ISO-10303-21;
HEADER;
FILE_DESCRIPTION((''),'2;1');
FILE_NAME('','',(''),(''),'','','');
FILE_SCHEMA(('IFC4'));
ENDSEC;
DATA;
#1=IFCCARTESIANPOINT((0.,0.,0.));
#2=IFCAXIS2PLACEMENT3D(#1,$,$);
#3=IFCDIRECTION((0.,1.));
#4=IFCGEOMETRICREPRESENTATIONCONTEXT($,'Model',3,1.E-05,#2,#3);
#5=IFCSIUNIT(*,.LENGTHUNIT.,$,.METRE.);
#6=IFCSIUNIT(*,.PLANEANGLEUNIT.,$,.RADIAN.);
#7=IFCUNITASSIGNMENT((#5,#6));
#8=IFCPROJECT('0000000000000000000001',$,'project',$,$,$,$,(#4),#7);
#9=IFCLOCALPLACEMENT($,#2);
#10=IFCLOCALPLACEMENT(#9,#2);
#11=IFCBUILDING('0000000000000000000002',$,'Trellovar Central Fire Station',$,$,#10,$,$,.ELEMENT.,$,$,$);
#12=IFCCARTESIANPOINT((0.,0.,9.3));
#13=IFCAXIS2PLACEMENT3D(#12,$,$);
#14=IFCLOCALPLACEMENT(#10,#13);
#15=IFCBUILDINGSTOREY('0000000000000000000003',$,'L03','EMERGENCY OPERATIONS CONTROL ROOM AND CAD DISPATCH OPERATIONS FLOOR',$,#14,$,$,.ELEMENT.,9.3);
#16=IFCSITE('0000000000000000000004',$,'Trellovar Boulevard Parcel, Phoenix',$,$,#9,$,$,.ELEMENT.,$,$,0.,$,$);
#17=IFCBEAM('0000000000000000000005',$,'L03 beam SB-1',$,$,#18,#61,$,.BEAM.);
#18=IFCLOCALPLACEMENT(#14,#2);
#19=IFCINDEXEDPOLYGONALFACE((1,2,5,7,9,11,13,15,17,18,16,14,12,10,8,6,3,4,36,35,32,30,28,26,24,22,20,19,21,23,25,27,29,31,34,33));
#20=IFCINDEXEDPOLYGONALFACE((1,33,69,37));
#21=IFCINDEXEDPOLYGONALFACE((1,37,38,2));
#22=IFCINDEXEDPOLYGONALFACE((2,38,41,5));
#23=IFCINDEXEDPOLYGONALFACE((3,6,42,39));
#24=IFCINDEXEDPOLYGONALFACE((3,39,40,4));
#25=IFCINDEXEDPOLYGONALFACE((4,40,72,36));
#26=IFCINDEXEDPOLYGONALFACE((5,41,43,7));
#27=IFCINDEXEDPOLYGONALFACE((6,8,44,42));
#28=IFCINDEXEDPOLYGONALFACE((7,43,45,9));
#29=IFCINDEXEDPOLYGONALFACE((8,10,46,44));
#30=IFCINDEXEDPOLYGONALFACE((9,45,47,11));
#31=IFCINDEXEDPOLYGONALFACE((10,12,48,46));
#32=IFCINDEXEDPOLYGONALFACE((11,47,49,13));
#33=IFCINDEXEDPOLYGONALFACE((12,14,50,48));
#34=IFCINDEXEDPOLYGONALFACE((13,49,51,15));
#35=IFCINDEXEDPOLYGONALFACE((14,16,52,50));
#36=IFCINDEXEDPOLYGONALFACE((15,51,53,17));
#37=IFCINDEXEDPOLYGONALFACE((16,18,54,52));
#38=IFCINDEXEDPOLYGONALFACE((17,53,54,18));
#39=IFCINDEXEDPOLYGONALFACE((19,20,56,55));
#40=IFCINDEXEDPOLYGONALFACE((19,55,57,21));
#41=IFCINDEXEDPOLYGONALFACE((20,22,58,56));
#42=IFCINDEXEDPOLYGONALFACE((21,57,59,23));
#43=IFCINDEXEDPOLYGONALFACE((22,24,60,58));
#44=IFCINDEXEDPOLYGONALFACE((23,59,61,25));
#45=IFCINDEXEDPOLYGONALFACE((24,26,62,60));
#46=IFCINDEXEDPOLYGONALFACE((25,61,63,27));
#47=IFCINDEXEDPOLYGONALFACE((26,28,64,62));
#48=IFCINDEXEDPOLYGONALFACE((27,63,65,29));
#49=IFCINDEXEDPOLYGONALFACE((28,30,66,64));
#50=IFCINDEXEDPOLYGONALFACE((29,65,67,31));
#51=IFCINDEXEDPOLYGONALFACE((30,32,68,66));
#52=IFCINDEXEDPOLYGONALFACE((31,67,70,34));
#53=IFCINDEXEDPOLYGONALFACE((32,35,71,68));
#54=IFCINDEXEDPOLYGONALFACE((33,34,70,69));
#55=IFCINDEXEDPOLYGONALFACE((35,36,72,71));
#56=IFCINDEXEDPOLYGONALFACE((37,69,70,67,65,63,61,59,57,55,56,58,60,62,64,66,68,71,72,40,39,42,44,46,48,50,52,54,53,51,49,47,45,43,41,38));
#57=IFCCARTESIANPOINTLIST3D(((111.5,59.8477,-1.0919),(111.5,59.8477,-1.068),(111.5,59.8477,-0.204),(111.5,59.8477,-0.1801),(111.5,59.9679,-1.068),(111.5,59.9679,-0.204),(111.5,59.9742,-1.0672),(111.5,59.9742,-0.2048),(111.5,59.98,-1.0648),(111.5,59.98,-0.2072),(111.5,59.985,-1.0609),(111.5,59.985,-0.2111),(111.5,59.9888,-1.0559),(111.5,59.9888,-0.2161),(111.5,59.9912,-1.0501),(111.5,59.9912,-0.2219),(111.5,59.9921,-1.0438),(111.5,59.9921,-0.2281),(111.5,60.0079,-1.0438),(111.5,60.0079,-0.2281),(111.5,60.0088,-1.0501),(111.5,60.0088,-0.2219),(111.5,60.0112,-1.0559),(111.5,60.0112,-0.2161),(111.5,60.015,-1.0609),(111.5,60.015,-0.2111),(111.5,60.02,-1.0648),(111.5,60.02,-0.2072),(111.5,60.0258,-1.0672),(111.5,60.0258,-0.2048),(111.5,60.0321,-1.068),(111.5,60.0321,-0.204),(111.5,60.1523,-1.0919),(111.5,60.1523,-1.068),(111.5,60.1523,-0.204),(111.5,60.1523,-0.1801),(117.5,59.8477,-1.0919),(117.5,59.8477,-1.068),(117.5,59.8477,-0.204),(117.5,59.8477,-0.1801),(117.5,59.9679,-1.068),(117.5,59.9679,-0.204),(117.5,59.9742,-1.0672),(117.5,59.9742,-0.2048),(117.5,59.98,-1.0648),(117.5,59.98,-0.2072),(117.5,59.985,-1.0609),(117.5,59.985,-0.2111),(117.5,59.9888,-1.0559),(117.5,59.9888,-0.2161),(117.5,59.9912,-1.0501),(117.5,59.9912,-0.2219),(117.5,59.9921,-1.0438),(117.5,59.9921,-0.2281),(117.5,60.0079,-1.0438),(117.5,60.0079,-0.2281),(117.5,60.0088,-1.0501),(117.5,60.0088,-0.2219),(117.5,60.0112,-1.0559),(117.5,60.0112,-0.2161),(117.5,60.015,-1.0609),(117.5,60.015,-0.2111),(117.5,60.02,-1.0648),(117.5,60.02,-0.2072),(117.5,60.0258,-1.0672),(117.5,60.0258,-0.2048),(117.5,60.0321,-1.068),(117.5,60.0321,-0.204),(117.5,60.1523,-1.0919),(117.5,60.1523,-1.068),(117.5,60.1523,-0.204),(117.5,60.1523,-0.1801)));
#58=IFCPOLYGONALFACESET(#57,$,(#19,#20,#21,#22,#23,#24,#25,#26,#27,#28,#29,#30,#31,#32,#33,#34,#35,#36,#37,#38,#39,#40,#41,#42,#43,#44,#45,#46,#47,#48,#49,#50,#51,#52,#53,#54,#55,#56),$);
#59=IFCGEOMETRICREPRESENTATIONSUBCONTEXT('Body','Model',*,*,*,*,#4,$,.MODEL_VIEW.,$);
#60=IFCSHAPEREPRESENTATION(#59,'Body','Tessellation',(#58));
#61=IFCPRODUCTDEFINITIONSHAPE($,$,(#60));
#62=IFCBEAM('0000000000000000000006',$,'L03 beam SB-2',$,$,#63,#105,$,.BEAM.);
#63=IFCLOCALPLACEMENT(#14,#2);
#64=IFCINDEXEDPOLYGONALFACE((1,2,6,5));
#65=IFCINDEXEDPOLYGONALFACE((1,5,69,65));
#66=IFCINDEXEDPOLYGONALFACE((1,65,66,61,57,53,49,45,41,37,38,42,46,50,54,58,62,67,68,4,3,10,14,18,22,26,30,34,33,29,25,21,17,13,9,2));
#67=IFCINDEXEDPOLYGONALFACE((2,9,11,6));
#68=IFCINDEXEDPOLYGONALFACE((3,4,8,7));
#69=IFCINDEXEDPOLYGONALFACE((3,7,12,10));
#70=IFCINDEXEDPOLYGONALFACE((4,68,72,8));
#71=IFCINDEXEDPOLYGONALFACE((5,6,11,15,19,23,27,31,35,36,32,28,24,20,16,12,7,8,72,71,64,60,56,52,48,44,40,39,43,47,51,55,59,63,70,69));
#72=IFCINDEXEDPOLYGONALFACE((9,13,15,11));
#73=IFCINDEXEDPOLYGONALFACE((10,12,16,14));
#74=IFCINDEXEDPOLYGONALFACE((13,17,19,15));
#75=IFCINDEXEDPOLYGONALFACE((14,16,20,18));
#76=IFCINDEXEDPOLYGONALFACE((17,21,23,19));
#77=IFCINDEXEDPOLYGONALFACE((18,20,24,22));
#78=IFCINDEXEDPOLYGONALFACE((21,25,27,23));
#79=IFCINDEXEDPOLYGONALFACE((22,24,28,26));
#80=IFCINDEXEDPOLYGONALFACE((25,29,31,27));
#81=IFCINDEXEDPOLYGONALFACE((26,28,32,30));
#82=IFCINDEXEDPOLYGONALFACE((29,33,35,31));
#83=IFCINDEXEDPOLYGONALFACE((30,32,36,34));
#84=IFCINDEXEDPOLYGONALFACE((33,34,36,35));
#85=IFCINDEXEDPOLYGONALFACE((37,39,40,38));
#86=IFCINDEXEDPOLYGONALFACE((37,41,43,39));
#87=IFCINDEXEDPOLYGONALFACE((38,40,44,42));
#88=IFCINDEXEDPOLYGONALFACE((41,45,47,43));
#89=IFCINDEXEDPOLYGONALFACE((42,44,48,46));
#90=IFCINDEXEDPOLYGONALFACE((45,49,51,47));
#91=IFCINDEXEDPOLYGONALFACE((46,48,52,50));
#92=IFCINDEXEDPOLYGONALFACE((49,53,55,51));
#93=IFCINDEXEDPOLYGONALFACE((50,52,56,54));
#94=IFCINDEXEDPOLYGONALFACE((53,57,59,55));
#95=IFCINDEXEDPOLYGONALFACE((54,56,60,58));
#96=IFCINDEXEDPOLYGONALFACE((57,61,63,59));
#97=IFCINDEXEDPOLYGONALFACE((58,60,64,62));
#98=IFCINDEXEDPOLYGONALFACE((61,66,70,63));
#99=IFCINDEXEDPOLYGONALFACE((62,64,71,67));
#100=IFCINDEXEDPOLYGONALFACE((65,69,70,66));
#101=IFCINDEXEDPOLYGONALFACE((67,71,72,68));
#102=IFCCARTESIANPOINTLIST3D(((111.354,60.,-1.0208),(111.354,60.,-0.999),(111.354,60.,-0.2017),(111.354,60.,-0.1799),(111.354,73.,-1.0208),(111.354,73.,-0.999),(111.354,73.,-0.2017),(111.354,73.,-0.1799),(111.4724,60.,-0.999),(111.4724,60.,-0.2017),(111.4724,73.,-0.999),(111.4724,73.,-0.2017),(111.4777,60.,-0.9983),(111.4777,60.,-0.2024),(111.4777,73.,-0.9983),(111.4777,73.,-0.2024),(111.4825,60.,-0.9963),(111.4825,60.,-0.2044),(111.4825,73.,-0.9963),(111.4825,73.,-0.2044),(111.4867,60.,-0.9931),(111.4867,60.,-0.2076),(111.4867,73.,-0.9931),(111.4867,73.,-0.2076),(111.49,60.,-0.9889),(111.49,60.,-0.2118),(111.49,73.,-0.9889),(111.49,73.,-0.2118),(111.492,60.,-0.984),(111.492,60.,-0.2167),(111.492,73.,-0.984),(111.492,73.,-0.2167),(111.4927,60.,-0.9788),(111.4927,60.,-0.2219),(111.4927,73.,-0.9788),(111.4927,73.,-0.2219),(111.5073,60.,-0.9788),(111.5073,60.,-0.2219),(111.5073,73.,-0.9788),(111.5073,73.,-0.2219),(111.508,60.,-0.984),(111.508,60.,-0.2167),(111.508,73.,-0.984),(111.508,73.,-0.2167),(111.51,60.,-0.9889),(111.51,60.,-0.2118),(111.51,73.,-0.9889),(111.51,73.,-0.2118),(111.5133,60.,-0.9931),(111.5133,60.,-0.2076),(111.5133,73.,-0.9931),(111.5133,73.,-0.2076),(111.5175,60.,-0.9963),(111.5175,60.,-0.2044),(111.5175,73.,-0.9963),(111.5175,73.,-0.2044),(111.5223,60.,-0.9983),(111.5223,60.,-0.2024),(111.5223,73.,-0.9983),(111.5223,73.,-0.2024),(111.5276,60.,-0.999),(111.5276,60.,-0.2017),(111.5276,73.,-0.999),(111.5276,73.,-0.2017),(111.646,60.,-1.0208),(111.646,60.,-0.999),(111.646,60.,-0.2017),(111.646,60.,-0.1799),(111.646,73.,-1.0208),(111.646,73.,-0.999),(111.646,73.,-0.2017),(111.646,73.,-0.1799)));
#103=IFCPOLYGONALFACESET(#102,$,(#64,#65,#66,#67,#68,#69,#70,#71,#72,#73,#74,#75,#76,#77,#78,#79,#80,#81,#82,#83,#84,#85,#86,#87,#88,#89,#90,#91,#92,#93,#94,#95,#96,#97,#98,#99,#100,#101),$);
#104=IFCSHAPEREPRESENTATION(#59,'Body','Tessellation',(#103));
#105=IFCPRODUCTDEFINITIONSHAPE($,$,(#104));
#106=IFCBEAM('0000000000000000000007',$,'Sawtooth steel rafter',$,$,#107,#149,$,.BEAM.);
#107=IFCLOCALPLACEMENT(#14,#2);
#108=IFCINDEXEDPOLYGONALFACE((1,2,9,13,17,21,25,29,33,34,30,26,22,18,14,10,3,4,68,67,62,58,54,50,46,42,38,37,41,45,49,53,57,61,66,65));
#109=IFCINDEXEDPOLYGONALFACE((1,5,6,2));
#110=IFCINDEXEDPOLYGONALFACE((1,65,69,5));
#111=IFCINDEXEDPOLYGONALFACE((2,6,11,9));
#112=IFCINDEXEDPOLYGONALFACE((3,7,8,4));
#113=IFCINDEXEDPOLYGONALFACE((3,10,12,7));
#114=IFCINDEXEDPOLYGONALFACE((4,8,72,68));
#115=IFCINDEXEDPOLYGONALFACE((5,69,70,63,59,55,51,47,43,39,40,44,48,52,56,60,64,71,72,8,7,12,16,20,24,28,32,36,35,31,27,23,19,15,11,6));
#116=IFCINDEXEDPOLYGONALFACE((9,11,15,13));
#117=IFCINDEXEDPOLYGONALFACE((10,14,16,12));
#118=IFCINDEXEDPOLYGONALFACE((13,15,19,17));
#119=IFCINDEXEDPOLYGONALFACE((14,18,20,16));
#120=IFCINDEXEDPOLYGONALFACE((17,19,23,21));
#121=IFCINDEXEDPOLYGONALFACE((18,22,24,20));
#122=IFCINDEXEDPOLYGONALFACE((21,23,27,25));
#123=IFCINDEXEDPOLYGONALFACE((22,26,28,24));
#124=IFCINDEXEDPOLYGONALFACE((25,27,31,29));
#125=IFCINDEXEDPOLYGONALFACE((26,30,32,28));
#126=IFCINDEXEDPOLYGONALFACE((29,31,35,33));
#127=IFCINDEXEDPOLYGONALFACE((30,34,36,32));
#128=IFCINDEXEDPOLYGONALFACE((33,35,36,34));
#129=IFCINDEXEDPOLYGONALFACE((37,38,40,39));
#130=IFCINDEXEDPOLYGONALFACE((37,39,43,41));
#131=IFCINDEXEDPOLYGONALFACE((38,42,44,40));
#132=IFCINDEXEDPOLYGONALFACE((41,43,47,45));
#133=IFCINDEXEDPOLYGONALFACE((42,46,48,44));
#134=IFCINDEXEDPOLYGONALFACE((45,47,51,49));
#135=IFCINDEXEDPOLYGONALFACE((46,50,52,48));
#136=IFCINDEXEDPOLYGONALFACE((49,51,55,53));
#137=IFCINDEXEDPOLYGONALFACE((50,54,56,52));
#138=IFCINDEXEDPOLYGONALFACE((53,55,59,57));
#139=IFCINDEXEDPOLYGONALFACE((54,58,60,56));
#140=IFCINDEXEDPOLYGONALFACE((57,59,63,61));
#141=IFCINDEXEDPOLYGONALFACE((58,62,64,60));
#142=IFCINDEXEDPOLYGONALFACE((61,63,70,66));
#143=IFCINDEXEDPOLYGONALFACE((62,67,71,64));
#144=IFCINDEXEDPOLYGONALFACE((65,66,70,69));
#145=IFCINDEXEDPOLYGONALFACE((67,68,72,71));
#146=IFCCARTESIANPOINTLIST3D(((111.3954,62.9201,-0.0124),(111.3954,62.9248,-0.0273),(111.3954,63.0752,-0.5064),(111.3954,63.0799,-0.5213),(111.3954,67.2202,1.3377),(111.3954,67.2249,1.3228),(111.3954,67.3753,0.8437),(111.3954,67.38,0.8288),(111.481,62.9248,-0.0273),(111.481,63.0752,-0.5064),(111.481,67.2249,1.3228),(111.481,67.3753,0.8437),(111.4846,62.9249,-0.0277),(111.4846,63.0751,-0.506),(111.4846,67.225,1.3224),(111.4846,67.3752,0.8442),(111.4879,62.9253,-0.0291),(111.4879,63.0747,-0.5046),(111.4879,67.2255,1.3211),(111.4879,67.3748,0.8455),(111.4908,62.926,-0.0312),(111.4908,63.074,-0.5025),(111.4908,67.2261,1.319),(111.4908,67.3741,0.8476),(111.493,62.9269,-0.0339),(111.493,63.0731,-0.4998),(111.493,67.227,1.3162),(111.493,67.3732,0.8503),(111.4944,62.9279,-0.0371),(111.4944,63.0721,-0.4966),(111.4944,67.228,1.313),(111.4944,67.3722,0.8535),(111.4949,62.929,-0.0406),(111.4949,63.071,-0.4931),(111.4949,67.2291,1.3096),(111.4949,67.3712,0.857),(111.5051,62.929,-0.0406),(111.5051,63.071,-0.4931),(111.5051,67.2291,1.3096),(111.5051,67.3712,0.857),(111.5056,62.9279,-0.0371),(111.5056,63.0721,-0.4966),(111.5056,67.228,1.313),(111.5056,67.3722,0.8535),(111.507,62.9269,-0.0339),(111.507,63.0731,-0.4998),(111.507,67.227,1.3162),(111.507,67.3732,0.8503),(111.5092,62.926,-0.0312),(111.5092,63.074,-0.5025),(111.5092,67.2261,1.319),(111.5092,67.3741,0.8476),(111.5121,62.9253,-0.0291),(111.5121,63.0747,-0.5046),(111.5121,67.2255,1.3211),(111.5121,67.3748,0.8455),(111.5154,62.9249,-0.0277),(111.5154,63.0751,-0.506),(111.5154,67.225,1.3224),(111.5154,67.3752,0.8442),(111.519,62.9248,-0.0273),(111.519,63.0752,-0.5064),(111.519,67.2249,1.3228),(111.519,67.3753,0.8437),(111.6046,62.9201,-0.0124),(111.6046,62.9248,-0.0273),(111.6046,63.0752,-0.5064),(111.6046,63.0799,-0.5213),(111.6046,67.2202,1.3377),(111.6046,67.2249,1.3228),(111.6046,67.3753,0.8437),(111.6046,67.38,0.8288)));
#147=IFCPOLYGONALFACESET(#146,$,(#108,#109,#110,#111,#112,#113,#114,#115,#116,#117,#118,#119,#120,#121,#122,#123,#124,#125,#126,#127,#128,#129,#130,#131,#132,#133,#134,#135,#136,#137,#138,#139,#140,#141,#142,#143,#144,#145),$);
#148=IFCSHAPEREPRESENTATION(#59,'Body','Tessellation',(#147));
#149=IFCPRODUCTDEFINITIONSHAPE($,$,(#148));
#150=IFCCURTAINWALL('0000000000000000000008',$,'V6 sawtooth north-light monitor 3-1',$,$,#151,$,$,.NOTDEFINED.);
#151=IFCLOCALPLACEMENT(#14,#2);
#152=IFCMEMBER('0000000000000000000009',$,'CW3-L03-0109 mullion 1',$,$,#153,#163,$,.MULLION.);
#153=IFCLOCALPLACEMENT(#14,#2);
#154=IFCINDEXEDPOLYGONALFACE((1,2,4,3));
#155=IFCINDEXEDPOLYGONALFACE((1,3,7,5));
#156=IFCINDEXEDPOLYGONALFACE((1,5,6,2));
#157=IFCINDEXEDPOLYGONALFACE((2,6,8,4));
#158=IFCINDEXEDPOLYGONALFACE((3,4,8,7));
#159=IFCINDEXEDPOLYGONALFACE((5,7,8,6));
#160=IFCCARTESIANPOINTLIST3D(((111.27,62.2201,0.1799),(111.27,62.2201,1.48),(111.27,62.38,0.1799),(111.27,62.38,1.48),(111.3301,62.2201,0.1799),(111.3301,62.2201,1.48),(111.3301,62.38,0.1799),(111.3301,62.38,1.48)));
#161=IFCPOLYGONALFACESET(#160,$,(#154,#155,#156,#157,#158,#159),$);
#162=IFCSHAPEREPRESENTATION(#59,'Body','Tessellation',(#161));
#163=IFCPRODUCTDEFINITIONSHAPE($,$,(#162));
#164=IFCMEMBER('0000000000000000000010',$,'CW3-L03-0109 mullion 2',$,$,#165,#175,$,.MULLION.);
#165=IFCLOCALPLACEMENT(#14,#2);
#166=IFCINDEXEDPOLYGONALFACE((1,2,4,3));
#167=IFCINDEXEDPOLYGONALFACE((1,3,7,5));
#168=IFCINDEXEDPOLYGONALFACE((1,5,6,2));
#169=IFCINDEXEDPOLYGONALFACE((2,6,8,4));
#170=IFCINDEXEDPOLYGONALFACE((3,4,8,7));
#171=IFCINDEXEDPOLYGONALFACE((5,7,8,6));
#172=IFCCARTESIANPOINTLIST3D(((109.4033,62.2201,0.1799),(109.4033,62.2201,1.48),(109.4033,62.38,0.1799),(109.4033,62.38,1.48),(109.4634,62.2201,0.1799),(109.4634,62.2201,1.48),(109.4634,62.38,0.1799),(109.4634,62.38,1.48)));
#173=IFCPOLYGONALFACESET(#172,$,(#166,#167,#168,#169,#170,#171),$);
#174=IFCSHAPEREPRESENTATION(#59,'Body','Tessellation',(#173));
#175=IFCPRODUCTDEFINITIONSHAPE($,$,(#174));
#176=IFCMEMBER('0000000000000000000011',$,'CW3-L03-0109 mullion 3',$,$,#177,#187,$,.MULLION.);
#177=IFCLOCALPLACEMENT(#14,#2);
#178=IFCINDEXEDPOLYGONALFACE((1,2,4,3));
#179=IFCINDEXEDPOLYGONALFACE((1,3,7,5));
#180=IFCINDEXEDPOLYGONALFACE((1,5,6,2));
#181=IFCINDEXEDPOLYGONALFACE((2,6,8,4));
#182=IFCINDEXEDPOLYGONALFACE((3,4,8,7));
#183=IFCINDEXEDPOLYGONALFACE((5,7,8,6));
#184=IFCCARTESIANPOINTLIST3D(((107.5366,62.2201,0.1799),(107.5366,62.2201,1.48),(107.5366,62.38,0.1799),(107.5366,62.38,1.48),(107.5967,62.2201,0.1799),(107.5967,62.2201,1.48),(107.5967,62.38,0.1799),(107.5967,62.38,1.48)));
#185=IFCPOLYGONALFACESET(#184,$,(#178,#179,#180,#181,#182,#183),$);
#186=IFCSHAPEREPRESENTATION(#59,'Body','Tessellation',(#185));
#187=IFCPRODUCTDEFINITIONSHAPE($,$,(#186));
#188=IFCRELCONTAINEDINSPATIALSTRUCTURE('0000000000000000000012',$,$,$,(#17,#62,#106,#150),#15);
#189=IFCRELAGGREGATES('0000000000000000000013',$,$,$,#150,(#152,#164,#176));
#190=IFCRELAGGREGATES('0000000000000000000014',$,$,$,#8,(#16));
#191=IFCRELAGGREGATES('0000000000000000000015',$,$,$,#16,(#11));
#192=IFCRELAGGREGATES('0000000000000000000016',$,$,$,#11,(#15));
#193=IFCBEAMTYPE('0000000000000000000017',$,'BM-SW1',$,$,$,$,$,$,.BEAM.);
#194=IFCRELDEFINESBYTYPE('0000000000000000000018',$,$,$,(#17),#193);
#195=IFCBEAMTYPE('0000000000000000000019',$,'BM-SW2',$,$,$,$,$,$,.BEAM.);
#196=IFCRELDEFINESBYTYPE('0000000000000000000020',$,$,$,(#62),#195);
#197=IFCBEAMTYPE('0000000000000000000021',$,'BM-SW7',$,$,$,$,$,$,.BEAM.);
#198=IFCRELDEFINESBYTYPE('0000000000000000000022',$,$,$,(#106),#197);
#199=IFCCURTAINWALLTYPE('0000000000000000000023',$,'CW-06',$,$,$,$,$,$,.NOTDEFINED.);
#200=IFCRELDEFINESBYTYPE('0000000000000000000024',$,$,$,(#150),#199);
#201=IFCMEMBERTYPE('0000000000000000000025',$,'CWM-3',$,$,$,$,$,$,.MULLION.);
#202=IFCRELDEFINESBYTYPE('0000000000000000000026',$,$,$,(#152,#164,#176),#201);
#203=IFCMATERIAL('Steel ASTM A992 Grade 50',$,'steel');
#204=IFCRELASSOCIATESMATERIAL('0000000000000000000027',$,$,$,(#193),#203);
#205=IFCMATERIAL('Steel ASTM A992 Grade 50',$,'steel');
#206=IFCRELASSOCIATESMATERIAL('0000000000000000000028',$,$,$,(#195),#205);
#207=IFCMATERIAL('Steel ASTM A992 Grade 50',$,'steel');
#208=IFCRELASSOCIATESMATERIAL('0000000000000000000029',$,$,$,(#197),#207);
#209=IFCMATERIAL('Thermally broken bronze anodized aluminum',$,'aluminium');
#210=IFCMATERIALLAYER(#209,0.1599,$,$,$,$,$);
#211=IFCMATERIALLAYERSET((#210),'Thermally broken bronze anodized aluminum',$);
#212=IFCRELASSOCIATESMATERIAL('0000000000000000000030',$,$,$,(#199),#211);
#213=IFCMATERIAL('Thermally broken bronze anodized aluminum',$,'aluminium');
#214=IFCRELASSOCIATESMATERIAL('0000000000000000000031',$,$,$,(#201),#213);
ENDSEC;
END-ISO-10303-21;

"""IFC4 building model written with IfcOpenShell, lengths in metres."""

from ifc_helpers import new_model, si_unit, direction, frame, origin, origin_2d, place, context, subcontext, project, spatial, rectangle, i_section, extrude, material, layer, layer_set, material_profile, profile_set, type_object, element, aggregate, save


model = new_model("IFC4")

# Units and contexts
model_context = context("Model", 3, precision=1e-05, world=origin(), true_north=direction((0.0, 1.0)))
body_context = subcontext(model_context, "Body", "Model", "MODEL_VIEW")
ifc_project = project(units=[si_unit("LENGTHUNIT", "METRE"), si_unit("PLANEANGLEUNIT", "RADIAN")], contexts=[model_context])

# Site, building, storey
site_placement = place(None, origin())
site = spatial("IfcSite", under=ifc_project, at=site_placement, Name="Trellovar Boulevard Parcel, Phoenix", CompositionType="ELEMENT", RefElevation=0.0)
building_placement = place(site_placement, origin())
building = spatial("IfcBuilding", under=site, at=building_placement, Name="Trellovar Central Fire Station", CompositionType="ELEMENT")
storey_placement = place(building_placement, frame((0.0, 0.0, 9.3)))
storey = spatial("IfcBuildingStorey", under=building, at=storey_placement, Name="L03", Description="EMERGENCY OPERATIONS CONTROL ROOM AND CAD DISPATCH OPERATIONS FLOOR", CompositionType="ELEMENT", Elevation=9.3)

# Beams
ifc_material_1 = material(Name="Steel ASTM A992 Grade 50", Category="steel")
ifc_material_profile_1 = material_profile(ifc_material_1, i_section(OverallWidth=0.3047, OverallDepth=0.9119, WebThickness=0.0159, FlangeThickness=0.0239, FilletRadius=0.0242, at=origin_2d()), Name="W36X150")
ifc_profile_set_1 = profile_set([ifc_material_profile_1], Name="Steel ASTM A992 Grade 50")
beam_type_1 = type_object("IfcBeamType", Name="BM-SW1", PredefinedType="BEAM", material=ifc_profile_set_1)
beam_1_placement = place(storey_placement, frame((111.5, 60.0, -0.636), z_axis=(1.0, 0.0, 0.0), x_axis=(0.0, 1.0, 0.0)))
element("IfcBeam", 1, at=beam_1_placement, inside=storey, type_object=beam_type_1, Name="L03 beam SB-1", PredefinedType="BEAM", context=body_context, shape_type="SweptSolid", body=[
    extrude(i_section(OverallWidth=0.3047, OverallDepth=0.9119, WebThickness=0.0159, FlangeThickness=0.0239, FilletRadius=0.0242, at=origin_2d()), origin(), (0.0, 0.0, 1.0), 6.0),
])
ifc_material_2 = material(Name="Steel ASTM A992 Grade 50", Category="steel")
ifc_material_profile_2 = material_profile(ifc_material_2, i_section(OverallWidth=0.292, OverallDepth=0.8408, WebThickness=0.0146, FlangeThickness=0.0217, FilletRadius=0.0203, at=origin_2d()), Name="W33X130")
ifc_profile_set_2 = profile_set([ifc_material_profile_2], Name="Steel ASTM A992 Grade 50")
beam_type_2 = type_object("IfcBeamType", Name="BM-SW2", PredefinedType="BEAM", material=ifc_profile_set_2)
beam_2_placement = place(storey_placement, frame((111.5, 60.0, -0.6003), z_axis=(0.0, 1.0, 0.0), x_axis=(-1.0, 0.0, 0.0)))
element("IfcBeam", 2, at=beam_2_placement, inside=storey, type_object=beam_type_2, Name="L03 beam SB-2", PredefinedType="BEAM", context=body_context, shape_type="SweptSolid", body=[
    extrude(i_section(OverallWidth=0.292, OverallDepth=0.8408, WebThickness=0.0146, FlangeThickness=0.0217, FilletRadius=0.0203, at=origin_2d()), origin(), (0.0, 0.0, 1.0), 13.0),
])
ifc_material_3 = material(Name="Steel ASTM A992 Grade 50", Category="steel")
ifc_material_profile_3 = material_profile(ifc_material_3, i_section(OverallWidth=0.2092, OverallDepth=0.5334, WebThickness=0.0103, FlangeThickness=0.0156, FilletRadius=0.0139, at=origin_2d()), Name="W21X62")
ifc_profile_set_3 = profile_set([ifc_material_profile_3], Name="Steel ASTM A992 Grade 50")
beam_type_3 = type_object("IfcBeamType", Name="BM-SW7", PredefinedType="BEAM", material=ifc_profile_set_3)
beam_3_placement = place(storey_placement, frame((111.5, 63.0, -0.2668), z_axis=(0.0, 0.954079, 0.299555), x_axis=(-1.0, 0.0, 0.0)))
element("IfcBeam", 3, at=beam_3_placement, inside=storey, type_object=beam_type_3, Name="Sawtooth steel rafter", PredefinedType="BEAM", context=body_context, shape_type="SweptSolid", body=[
    extrude(i_section(OverallWidth=0.2092, OverallDepth=0.5334, WebThickness=0.0103, FlangeThickness=0.0156, FilletRadius=0.0139, at=origin_2d()), origin(), (0.0, 0.0, 1.0), 4.5071),
])

# Curtain wall, members
ifc_material_4 = material(Name="Thermally broken bronze anodized aluminum", Category="aluminium")
ifc_layer_1 = layer(ifc_material_4, 0.1599)
ifc_layer_set_1 = layer_set([ifc_layer_1], Name="Thermally broken bronze anodized aluminum")
curtain_wall_type = type_object("IfcCurtainWallType", Name="CW-06", PredefinedType="NOTDEFINED", material=ifc_layer_set_1)
curtain_wall_1_placement = place(storey_placement, origin())
curtain_wall_1 = element("IfcCurtainWall", 4, at=curtain_wall_1_placement, inside=storey, type_object=curtain_wall_type, Name="V6 sawtooth north-light monitor 3-1", PredefinedType="NOTDEFINED")
ifc_material_5 = material(Name="Thermally broken bronze anodized aluminum", Category="aluminium")
ifc_material_profile_4 = material_profile(ifc_material_5, rectangle(XDim=0.0601, YDim=0.1599, at=origin_2d()), Name="ALU60X160")
ifc_profile_set_4 = profile_set([ifc_material_profile_4], Name="Thermally broken bronze anodized aluminum")
member_type_1 = type_object("IfcMemberType", Name="CWM-3", PredefinedType="MULLION", material=ifc_profile_set_4)
member_1_placement = place(storey_placement, frame((111.3, 62.3, 0.1799), z_axis=(0.0, 0.0, 1.0), x_axis=(1.0, 0.0, 0.0)))
member_1 = element("IfcMember", 5, at=member_1_placement, type_object=member_type_1, Name="CW3-L03-0109 mullion 1", PredefinedType="MULLION", context=body_context, shape_type="SweptSolid", body=[
    extrude(rectangle(XDim=0.0601, YDim=0.1599, at=origin_2d()), origin(), (0.0, 0.0, 1.0), 1.3),
])
member_2_placement = place(storey_placement, frame((109.4333, 62.3, 0.1799), z_axis=(0.0, 0.0, 1.0), x_axis=(1.0, 0.0, 0.0)))
member_2 = element("IfcMember", 6, at=member_2_placement, type_object=member_type_1, Name="CW3-L03-0109 mullion 2", PredefinedType="MULLION", context=body_context, shape_type="SweptSolid", body=[
    extrude(rectangle(XDim=0.0601, YDim=0.1599, at=origin_2d()), origin(), (0.0, 0.0, 1.0), 1.3),
])
member_3_placement = place(storey_placement, frame((107.5667, 62.3, 0.1799), z_axis=(0.0, 0.0, 1.0), x_axis=(1.0, 0.0, 0.0)))
member_3 = element("IfcMember", 7, at=member_3_placement, type_object=member_type_1, Name="CW3-L03-0109 mullion 3", PredefinedType="MULLION", context=body_context, shape_type="SweptSolid", body=[
    extrude(rectangle(XDim=0.0601, YDim=0.1599, at=origin_2d()), origin(), (0.0, 0.0, 1.0), 1.3),
])

aggregate(curtain_wall_1, [member_1, member_2, member_3])

save(model, "model.ifc")
